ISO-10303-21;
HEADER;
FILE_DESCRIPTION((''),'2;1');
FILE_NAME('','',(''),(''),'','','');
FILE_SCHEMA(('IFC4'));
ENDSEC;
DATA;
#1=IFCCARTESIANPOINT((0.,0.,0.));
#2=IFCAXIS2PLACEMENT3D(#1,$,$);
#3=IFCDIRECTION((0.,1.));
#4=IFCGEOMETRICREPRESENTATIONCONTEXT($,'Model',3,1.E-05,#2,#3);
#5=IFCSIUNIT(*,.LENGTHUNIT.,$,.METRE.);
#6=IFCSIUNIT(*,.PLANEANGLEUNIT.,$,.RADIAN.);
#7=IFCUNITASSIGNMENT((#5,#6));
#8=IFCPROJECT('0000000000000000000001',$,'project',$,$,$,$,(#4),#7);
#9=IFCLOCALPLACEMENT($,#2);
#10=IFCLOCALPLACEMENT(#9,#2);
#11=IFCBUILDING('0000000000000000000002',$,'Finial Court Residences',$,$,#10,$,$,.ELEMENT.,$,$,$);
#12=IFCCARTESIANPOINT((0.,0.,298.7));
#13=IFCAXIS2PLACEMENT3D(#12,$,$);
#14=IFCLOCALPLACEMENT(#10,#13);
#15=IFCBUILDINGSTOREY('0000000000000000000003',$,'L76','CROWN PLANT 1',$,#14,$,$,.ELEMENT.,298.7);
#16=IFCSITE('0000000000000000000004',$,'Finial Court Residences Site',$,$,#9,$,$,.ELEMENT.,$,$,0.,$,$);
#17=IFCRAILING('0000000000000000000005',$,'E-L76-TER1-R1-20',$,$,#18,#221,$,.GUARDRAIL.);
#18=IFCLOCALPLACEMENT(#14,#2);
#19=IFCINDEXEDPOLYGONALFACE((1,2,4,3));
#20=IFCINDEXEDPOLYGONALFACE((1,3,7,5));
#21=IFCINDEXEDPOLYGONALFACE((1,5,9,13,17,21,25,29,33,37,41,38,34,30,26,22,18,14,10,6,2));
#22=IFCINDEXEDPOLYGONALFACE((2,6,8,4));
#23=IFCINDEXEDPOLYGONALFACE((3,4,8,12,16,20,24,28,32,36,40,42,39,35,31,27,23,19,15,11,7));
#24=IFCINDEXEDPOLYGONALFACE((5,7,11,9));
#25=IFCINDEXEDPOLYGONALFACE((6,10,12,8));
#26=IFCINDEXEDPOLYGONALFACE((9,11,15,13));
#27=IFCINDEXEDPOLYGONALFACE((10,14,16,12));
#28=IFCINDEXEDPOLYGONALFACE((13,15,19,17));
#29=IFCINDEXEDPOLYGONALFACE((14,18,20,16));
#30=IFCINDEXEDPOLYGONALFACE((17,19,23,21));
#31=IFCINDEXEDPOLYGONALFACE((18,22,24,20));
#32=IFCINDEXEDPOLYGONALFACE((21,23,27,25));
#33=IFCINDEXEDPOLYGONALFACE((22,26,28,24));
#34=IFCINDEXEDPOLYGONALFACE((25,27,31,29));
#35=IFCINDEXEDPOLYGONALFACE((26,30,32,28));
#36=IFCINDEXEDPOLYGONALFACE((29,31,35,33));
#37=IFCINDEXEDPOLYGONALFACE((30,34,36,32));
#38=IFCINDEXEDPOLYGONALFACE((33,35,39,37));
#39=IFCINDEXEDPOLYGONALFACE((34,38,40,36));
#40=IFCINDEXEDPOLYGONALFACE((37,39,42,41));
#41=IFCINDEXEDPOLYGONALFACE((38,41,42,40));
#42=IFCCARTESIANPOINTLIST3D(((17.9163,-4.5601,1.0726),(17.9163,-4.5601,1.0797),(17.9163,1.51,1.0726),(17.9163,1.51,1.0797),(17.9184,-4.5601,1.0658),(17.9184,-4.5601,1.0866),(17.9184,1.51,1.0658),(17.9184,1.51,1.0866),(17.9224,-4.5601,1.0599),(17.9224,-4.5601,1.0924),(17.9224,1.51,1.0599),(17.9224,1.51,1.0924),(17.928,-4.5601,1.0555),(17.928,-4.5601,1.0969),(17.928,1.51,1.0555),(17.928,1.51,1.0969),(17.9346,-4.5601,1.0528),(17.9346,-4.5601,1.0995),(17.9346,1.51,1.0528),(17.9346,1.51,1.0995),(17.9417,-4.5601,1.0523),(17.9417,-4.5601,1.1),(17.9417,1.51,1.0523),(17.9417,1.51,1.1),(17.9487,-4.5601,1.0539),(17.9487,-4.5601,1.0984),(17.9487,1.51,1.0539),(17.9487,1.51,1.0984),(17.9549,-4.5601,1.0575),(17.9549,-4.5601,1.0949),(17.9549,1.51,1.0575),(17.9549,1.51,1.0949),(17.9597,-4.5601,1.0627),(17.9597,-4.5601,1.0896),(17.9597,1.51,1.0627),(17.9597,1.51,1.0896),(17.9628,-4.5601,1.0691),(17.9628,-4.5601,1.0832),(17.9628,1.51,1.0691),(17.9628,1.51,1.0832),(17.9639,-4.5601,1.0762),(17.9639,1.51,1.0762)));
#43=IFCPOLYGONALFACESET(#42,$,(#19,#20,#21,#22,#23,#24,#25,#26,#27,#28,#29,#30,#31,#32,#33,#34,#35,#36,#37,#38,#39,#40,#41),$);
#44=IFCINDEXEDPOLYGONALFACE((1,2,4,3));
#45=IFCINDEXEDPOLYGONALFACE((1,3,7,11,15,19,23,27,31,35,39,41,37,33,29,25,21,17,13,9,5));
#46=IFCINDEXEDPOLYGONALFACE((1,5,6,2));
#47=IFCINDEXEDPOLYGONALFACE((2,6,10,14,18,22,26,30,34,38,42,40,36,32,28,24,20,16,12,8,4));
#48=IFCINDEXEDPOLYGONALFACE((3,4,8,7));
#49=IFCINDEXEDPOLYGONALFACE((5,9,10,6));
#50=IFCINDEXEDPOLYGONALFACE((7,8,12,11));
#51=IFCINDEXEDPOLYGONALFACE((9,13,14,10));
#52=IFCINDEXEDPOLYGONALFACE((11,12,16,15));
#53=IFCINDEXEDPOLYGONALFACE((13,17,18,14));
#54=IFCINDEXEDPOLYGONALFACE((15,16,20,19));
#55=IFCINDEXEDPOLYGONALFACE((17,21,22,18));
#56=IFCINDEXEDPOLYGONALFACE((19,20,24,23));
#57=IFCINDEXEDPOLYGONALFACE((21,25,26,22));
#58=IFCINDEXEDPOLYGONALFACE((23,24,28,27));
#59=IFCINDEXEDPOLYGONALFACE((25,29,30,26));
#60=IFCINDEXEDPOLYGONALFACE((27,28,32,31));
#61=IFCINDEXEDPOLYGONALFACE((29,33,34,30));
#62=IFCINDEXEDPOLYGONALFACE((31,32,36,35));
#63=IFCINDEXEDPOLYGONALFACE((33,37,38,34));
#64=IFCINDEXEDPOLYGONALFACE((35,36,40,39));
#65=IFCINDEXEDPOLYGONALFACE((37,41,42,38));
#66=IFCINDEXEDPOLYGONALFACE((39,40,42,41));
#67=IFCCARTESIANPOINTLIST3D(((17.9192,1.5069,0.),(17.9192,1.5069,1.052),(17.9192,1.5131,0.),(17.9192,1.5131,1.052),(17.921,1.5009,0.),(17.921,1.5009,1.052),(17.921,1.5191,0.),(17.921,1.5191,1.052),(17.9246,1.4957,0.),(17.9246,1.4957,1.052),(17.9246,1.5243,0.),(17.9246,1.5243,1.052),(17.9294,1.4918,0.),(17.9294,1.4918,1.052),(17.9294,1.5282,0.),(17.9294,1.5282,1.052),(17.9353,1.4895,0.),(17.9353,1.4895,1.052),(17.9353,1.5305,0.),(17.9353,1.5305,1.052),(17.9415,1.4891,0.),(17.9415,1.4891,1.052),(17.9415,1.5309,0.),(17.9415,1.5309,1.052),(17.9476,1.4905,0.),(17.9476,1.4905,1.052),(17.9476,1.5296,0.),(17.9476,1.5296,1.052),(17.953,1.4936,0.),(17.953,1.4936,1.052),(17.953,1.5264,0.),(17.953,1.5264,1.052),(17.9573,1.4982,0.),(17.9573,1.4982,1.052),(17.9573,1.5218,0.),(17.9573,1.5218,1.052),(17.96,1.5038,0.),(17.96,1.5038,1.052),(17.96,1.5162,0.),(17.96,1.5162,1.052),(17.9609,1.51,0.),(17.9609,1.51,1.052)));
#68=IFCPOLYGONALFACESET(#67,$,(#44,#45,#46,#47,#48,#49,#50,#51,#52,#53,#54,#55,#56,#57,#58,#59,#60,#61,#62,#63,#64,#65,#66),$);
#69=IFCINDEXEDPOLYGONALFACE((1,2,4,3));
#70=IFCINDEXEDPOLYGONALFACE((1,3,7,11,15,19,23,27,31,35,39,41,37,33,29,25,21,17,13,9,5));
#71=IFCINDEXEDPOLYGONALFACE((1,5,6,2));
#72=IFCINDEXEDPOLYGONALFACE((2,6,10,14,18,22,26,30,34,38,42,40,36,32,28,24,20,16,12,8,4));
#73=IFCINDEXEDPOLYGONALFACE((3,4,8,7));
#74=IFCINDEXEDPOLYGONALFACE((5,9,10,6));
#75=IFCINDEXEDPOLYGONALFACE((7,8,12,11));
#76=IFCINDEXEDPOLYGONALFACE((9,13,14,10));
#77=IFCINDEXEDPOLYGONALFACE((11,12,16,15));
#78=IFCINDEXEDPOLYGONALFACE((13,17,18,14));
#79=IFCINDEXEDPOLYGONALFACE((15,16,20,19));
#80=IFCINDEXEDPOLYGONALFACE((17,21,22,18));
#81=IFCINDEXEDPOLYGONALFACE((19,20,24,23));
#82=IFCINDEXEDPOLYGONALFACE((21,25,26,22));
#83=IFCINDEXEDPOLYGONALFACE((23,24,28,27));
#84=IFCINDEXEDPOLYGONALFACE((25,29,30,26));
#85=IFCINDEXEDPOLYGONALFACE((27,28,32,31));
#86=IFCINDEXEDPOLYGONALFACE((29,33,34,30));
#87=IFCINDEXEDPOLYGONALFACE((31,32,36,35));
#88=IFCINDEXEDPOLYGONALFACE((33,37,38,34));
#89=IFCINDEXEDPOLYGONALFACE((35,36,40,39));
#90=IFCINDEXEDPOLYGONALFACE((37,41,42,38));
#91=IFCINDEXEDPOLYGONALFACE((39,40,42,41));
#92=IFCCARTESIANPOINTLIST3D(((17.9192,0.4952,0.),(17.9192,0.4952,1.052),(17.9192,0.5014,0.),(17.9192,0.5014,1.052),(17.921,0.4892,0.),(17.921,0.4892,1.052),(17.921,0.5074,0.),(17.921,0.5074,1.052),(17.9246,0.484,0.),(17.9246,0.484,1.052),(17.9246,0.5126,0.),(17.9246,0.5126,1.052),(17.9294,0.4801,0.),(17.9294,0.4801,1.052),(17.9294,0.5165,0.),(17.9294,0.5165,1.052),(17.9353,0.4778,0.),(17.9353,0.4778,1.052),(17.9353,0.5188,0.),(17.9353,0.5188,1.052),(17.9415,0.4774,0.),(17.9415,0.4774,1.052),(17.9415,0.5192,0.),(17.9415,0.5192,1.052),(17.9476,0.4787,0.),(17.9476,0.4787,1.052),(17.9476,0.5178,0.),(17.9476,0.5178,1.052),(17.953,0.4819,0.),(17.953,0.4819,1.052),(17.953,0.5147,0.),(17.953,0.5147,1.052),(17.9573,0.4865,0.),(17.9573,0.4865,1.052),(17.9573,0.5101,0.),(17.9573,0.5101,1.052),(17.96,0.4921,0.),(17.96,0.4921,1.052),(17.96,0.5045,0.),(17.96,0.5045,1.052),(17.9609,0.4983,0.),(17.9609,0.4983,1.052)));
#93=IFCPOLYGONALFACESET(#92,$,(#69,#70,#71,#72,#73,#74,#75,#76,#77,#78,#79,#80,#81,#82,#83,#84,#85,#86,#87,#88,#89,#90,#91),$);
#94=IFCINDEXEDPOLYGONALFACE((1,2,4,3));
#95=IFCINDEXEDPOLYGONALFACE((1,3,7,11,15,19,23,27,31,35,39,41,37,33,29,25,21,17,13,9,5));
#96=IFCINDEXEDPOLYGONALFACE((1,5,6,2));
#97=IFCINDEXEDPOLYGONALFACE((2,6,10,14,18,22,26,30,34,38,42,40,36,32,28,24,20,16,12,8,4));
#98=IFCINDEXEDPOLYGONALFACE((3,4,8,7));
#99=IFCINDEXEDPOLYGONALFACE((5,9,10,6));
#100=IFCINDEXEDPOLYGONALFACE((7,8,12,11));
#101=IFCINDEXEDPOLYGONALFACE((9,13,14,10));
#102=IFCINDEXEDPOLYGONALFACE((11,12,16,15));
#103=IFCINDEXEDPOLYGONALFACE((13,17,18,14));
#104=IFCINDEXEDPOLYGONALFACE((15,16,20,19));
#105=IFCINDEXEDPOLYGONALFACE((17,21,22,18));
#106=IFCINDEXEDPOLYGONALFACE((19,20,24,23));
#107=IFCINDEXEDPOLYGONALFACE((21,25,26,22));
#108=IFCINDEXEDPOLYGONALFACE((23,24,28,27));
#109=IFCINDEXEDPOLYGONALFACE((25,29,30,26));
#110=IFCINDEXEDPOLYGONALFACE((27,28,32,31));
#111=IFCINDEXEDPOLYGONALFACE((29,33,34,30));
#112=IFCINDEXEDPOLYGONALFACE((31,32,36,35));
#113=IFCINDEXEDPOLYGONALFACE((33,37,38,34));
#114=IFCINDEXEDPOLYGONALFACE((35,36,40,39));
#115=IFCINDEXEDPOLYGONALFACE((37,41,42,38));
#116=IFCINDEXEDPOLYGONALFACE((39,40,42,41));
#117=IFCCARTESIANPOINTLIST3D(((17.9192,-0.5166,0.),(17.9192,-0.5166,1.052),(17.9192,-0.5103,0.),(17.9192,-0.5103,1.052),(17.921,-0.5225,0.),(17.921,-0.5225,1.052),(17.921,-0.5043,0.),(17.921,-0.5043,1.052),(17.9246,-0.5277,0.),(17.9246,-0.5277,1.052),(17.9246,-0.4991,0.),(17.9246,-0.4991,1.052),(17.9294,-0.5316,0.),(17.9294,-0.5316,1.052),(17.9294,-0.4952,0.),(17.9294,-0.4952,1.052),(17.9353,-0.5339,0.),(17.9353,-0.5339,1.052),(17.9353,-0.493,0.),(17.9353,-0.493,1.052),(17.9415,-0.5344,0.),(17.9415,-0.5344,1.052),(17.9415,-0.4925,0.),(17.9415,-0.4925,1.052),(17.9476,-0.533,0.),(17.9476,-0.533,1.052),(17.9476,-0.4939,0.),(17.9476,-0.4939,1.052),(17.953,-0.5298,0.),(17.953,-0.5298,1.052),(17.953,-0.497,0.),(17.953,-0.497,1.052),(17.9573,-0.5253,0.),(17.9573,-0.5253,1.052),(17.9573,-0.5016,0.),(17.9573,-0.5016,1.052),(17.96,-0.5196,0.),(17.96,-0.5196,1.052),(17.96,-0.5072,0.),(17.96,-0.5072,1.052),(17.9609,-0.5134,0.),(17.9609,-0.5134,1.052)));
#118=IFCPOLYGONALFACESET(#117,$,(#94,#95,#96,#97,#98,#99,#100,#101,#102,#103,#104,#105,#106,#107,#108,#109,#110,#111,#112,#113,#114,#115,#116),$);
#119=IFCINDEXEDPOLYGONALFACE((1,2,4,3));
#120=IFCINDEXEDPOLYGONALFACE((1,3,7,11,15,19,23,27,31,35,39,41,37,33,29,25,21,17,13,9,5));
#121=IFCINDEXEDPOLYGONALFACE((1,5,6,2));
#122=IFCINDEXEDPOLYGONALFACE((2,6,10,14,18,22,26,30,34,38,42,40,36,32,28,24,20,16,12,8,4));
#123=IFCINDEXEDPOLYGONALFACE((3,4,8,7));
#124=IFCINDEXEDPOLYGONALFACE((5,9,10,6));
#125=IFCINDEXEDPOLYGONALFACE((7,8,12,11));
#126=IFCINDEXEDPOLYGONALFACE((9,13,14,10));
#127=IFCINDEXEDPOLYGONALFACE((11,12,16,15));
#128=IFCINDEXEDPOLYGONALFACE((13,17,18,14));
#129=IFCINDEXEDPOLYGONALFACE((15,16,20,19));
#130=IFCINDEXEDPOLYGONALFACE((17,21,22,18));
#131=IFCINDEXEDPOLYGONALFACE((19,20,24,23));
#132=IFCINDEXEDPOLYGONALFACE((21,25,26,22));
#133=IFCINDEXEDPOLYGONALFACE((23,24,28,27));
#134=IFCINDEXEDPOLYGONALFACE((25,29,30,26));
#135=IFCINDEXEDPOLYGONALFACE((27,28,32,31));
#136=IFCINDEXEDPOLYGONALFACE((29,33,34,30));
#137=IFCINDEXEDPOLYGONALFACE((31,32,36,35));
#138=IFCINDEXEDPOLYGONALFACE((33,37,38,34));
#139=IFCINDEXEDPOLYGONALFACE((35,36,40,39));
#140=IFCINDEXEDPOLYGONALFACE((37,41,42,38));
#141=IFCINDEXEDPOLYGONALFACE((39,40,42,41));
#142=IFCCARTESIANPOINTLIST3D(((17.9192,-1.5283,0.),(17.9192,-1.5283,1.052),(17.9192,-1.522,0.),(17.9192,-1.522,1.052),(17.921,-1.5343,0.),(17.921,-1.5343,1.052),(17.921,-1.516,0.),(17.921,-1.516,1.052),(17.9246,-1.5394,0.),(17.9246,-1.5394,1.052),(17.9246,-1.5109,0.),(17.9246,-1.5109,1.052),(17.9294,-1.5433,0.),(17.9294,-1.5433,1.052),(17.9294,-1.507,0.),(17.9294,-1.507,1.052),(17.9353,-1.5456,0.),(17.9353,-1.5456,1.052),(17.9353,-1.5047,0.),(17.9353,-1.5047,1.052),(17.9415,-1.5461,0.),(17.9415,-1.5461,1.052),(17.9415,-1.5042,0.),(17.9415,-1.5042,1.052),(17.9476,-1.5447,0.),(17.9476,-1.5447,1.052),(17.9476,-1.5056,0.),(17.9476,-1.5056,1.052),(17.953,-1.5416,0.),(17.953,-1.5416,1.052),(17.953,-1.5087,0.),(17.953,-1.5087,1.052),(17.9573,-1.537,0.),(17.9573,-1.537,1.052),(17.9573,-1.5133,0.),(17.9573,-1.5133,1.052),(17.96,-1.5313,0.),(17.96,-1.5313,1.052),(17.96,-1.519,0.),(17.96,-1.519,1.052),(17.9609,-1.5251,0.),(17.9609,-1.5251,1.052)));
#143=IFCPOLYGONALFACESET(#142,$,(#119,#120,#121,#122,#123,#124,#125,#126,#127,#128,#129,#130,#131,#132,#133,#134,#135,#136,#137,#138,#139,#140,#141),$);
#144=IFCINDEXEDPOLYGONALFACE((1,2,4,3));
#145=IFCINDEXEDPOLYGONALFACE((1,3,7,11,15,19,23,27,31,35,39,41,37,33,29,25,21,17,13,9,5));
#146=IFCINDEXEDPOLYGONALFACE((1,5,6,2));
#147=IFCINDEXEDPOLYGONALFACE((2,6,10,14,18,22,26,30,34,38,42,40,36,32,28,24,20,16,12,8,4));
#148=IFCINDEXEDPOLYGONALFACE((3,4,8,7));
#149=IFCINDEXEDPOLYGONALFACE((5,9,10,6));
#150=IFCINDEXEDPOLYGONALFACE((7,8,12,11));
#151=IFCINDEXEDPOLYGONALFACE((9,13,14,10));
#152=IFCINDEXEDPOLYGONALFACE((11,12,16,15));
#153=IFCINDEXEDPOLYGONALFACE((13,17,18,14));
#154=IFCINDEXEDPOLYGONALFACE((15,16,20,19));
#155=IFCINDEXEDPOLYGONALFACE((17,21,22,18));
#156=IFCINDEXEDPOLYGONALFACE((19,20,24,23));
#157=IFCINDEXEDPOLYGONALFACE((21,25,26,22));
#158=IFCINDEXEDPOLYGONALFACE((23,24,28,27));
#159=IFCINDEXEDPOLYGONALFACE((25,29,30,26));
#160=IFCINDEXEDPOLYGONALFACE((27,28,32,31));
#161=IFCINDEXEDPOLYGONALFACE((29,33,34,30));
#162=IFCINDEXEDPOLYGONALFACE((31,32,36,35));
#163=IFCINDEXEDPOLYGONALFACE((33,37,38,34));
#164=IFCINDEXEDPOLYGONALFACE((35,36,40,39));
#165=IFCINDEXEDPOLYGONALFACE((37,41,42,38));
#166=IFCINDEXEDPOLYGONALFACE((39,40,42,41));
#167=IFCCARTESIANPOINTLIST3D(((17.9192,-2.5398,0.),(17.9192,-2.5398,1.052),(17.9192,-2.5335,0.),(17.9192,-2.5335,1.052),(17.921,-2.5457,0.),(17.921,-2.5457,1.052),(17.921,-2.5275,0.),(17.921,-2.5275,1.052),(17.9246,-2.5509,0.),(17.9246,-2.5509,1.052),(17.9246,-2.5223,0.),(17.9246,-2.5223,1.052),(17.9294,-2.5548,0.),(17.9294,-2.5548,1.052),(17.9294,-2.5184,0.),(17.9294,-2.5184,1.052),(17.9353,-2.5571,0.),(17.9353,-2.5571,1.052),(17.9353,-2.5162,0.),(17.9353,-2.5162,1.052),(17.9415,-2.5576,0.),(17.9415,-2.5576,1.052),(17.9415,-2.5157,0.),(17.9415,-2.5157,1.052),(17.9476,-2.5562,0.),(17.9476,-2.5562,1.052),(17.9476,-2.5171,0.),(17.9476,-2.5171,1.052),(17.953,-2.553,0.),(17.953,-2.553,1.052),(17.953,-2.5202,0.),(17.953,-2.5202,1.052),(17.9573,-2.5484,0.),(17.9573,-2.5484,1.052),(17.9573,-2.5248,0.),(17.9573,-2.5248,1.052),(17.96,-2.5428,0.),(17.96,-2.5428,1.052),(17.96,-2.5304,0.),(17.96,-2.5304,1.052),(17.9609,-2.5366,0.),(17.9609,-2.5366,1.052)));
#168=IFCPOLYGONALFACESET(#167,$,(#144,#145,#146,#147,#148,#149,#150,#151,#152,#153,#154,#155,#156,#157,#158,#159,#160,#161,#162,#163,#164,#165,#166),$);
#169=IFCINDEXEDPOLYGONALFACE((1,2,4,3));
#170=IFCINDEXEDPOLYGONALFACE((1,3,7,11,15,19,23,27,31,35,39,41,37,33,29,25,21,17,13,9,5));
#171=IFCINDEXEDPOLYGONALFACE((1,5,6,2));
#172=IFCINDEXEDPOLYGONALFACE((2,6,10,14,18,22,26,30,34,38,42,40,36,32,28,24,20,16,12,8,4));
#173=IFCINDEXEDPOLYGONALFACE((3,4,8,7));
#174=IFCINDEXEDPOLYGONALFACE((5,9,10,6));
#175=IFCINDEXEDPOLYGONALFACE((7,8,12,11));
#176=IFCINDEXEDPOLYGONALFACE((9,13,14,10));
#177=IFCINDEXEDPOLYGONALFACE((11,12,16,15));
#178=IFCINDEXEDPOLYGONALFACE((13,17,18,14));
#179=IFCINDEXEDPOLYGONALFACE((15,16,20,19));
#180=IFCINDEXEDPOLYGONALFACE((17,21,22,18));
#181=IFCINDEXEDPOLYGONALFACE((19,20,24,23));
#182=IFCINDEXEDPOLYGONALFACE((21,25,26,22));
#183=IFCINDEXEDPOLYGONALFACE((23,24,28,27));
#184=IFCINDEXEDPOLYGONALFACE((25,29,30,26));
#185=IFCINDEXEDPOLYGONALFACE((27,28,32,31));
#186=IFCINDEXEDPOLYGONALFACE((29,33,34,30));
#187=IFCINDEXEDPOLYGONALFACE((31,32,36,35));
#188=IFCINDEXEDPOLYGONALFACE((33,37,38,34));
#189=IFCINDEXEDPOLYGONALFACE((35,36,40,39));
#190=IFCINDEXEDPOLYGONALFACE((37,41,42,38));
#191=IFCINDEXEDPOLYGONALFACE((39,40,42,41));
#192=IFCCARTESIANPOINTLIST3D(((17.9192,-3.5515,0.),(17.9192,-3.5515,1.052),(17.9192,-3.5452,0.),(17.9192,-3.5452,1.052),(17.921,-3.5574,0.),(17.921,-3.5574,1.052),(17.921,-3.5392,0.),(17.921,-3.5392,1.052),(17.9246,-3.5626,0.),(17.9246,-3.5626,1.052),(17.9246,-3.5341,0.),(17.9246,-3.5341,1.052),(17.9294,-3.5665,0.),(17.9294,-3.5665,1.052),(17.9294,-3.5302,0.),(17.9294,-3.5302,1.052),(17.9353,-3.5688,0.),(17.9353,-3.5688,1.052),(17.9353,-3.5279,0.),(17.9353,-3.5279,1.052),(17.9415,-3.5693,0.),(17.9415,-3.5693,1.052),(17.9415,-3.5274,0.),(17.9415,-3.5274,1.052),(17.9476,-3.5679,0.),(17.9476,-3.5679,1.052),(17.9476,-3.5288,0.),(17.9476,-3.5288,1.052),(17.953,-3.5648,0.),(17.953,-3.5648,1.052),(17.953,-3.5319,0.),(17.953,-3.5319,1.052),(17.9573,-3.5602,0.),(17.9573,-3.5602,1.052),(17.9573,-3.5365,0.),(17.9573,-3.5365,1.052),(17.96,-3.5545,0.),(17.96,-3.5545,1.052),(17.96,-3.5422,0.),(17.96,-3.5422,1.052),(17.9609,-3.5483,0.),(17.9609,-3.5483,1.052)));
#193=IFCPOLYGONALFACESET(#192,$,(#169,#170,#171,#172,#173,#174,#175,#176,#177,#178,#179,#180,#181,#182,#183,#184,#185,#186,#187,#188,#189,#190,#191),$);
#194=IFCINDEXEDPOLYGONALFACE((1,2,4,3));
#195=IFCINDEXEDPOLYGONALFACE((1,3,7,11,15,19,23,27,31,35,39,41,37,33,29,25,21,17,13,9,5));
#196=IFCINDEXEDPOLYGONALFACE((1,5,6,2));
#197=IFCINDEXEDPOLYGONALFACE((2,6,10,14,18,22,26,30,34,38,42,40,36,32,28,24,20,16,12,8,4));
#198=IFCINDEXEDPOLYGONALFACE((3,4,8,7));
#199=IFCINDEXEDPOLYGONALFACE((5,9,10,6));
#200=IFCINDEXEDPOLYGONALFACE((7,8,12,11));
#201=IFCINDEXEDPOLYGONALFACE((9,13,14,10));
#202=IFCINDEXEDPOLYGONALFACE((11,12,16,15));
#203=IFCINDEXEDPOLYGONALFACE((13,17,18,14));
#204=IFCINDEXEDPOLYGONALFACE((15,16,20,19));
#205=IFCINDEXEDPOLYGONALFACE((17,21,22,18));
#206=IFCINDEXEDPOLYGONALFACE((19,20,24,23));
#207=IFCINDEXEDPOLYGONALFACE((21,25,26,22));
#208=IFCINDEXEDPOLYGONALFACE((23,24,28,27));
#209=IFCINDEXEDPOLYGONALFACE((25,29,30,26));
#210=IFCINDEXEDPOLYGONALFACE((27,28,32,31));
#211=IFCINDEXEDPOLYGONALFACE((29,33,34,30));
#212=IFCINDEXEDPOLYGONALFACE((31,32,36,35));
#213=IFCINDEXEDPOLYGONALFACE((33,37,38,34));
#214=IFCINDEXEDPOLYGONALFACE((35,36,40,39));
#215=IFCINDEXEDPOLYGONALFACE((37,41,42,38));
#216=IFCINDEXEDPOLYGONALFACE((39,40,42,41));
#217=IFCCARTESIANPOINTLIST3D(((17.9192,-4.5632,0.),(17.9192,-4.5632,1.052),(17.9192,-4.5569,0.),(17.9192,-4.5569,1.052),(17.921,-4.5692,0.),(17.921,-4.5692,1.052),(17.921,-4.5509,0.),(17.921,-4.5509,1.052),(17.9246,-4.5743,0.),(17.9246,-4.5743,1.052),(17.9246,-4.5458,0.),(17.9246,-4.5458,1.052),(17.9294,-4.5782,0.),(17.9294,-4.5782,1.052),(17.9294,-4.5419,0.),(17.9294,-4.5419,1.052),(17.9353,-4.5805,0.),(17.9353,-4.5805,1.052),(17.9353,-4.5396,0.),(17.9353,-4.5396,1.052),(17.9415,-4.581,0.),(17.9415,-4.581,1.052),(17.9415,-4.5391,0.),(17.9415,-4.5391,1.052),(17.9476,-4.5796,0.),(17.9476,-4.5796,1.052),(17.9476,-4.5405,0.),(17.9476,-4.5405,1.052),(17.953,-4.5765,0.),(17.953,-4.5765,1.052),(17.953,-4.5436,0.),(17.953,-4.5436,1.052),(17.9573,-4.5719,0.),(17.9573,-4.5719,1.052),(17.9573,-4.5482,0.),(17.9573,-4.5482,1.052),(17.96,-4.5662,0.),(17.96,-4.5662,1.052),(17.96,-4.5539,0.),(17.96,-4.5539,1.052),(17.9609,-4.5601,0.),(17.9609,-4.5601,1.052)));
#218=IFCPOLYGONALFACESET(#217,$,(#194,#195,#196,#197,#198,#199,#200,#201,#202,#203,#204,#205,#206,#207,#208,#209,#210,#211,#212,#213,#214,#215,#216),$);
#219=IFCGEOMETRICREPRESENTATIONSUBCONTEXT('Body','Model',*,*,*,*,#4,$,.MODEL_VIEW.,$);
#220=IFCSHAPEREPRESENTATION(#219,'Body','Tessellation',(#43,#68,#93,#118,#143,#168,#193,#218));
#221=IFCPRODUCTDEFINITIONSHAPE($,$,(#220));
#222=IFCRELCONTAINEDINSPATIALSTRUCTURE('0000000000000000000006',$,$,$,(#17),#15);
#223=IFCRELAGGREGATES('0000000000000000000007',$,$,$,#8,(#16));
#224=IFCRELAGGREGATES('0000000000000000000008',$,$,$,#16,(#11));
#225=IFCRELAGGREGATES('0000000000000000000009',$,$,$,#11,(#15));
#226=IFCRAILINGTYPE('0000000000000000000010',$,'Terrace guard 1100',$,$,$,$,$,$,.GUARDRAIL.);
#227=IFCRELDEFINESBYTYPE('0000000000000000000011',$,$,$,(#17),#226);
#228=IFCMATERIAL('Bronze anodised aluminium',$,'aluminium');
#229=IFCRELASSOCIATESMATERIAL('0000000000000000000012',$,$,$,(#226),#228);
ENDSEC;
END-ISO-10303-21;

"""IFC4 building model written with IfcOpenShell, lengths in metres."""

from ifc_helpers import new_model, si_unit, direction, frame, origin, origin_2d, place, context, subcontext, project, spatial, circle, extrude, material, type_object, element, save


model = new_model("IFC4")

# Units and contexts
model_context = context("Model", 3, precision=1e-05, world=origin(), true_north=direction((0.0, 1.0)))
body_context = subcontext(model_context, "Body", "Model", "MODEL_VIEW")
ifc_project = project(units=[si_unit("LENGTHUNIT", "METRE"), si_unit("PLANEANGLEUNIT", "RADIAN")], contexts=[model_context])

# Site, building, storey
site_placement = place(None, origin())
site = spatial("IfcSite", under=ifc_project, at=site_placement, Name="Finial Court Residences Site", CompositionType="ELEMENT", RefElevation=0.0)
building_placement = place(site_placement, origin())
building = spatial("IfcBuilding", under=site, at=building_placement, Name="Finial Court Residences", CompositionType="ELEMENT")
storey_placement = place(building_placement, frame((0.0, 0.0, 298.7)))
storey = spatial("IfcBuildingStorey", under=building, at=storey_placement, Name="L76", Description="CROWN PLANT 1", CompositionType="ELEMENT", Elevation=298.7)

# Shared definitions
ifc_material_1 = material(Name="Bronze anodised aluminium", Category="aluminium")

# Railing
railing_type = type_object("IfcRailingType", Name="Terrace guard 1100", PredefinedType="GUARDRAIL", material=ifc_material_1)
railing_1_placement = place(storey_placement, frame((17.9399, 1.51, 0.0)))
element("IfcRailing", 1, at=railing_1_placement, inside=storey, type_object=railing_type, Name="E-L76-TER1-R1-20", PredefinedType="GUARDRAIL", context=body_context, shape_type="SweptSolid", body=[
    extrude(circle(Radius=0.0239, at=origin_2d()), frame((0.0, 0.0, 1.0762), z_axis=(0.0, -1.0, 0.0), x_axis=(1.0, 0.0, 0.0)), (0.0, 0.0, 1.0), 6.0701),
    extrude(circle(Radius=0.021, at=origin_2d()), origin(), (0.0, 0.0, 1.0), 1.052),
    extrude(circle(Radius=0.021, at=origin_2d()), frame((0.0, -1.0117, 0.0)), (0.0, 0.0, 1.0), 1.052),
    extrude(circle(Radius=0.021, at=origin_2d()), frame((0.0, -2.0234, 0.0)), (0.0, 0.0, 1.0), 1.052),
    extrude(circle(Radius=0.021, at=origin_2d()), frame((0.0, -3.0352, 0.0)), (0.0, 0.0, 1.0), 1.052),
    extrude(circle(Radius=0.021, at=origin_2d()), frame((0.0, -4.0466, 0.0)), (0.0, 0.0, 1.0), 1.052),
    extrude(circle(Radius=0.021, at=origin_2d()), frame((0.0, -5.0583, 0.0)), (0.0, 0.0, 1.0), 1.052),
    extrude(circle(Radius=0.021, at=origin_2d()), frame((0.0, -6.0701, 0.0)), (0.0, 0.0, 1.0), 1.052),
])

save(model, "model.ifc")
